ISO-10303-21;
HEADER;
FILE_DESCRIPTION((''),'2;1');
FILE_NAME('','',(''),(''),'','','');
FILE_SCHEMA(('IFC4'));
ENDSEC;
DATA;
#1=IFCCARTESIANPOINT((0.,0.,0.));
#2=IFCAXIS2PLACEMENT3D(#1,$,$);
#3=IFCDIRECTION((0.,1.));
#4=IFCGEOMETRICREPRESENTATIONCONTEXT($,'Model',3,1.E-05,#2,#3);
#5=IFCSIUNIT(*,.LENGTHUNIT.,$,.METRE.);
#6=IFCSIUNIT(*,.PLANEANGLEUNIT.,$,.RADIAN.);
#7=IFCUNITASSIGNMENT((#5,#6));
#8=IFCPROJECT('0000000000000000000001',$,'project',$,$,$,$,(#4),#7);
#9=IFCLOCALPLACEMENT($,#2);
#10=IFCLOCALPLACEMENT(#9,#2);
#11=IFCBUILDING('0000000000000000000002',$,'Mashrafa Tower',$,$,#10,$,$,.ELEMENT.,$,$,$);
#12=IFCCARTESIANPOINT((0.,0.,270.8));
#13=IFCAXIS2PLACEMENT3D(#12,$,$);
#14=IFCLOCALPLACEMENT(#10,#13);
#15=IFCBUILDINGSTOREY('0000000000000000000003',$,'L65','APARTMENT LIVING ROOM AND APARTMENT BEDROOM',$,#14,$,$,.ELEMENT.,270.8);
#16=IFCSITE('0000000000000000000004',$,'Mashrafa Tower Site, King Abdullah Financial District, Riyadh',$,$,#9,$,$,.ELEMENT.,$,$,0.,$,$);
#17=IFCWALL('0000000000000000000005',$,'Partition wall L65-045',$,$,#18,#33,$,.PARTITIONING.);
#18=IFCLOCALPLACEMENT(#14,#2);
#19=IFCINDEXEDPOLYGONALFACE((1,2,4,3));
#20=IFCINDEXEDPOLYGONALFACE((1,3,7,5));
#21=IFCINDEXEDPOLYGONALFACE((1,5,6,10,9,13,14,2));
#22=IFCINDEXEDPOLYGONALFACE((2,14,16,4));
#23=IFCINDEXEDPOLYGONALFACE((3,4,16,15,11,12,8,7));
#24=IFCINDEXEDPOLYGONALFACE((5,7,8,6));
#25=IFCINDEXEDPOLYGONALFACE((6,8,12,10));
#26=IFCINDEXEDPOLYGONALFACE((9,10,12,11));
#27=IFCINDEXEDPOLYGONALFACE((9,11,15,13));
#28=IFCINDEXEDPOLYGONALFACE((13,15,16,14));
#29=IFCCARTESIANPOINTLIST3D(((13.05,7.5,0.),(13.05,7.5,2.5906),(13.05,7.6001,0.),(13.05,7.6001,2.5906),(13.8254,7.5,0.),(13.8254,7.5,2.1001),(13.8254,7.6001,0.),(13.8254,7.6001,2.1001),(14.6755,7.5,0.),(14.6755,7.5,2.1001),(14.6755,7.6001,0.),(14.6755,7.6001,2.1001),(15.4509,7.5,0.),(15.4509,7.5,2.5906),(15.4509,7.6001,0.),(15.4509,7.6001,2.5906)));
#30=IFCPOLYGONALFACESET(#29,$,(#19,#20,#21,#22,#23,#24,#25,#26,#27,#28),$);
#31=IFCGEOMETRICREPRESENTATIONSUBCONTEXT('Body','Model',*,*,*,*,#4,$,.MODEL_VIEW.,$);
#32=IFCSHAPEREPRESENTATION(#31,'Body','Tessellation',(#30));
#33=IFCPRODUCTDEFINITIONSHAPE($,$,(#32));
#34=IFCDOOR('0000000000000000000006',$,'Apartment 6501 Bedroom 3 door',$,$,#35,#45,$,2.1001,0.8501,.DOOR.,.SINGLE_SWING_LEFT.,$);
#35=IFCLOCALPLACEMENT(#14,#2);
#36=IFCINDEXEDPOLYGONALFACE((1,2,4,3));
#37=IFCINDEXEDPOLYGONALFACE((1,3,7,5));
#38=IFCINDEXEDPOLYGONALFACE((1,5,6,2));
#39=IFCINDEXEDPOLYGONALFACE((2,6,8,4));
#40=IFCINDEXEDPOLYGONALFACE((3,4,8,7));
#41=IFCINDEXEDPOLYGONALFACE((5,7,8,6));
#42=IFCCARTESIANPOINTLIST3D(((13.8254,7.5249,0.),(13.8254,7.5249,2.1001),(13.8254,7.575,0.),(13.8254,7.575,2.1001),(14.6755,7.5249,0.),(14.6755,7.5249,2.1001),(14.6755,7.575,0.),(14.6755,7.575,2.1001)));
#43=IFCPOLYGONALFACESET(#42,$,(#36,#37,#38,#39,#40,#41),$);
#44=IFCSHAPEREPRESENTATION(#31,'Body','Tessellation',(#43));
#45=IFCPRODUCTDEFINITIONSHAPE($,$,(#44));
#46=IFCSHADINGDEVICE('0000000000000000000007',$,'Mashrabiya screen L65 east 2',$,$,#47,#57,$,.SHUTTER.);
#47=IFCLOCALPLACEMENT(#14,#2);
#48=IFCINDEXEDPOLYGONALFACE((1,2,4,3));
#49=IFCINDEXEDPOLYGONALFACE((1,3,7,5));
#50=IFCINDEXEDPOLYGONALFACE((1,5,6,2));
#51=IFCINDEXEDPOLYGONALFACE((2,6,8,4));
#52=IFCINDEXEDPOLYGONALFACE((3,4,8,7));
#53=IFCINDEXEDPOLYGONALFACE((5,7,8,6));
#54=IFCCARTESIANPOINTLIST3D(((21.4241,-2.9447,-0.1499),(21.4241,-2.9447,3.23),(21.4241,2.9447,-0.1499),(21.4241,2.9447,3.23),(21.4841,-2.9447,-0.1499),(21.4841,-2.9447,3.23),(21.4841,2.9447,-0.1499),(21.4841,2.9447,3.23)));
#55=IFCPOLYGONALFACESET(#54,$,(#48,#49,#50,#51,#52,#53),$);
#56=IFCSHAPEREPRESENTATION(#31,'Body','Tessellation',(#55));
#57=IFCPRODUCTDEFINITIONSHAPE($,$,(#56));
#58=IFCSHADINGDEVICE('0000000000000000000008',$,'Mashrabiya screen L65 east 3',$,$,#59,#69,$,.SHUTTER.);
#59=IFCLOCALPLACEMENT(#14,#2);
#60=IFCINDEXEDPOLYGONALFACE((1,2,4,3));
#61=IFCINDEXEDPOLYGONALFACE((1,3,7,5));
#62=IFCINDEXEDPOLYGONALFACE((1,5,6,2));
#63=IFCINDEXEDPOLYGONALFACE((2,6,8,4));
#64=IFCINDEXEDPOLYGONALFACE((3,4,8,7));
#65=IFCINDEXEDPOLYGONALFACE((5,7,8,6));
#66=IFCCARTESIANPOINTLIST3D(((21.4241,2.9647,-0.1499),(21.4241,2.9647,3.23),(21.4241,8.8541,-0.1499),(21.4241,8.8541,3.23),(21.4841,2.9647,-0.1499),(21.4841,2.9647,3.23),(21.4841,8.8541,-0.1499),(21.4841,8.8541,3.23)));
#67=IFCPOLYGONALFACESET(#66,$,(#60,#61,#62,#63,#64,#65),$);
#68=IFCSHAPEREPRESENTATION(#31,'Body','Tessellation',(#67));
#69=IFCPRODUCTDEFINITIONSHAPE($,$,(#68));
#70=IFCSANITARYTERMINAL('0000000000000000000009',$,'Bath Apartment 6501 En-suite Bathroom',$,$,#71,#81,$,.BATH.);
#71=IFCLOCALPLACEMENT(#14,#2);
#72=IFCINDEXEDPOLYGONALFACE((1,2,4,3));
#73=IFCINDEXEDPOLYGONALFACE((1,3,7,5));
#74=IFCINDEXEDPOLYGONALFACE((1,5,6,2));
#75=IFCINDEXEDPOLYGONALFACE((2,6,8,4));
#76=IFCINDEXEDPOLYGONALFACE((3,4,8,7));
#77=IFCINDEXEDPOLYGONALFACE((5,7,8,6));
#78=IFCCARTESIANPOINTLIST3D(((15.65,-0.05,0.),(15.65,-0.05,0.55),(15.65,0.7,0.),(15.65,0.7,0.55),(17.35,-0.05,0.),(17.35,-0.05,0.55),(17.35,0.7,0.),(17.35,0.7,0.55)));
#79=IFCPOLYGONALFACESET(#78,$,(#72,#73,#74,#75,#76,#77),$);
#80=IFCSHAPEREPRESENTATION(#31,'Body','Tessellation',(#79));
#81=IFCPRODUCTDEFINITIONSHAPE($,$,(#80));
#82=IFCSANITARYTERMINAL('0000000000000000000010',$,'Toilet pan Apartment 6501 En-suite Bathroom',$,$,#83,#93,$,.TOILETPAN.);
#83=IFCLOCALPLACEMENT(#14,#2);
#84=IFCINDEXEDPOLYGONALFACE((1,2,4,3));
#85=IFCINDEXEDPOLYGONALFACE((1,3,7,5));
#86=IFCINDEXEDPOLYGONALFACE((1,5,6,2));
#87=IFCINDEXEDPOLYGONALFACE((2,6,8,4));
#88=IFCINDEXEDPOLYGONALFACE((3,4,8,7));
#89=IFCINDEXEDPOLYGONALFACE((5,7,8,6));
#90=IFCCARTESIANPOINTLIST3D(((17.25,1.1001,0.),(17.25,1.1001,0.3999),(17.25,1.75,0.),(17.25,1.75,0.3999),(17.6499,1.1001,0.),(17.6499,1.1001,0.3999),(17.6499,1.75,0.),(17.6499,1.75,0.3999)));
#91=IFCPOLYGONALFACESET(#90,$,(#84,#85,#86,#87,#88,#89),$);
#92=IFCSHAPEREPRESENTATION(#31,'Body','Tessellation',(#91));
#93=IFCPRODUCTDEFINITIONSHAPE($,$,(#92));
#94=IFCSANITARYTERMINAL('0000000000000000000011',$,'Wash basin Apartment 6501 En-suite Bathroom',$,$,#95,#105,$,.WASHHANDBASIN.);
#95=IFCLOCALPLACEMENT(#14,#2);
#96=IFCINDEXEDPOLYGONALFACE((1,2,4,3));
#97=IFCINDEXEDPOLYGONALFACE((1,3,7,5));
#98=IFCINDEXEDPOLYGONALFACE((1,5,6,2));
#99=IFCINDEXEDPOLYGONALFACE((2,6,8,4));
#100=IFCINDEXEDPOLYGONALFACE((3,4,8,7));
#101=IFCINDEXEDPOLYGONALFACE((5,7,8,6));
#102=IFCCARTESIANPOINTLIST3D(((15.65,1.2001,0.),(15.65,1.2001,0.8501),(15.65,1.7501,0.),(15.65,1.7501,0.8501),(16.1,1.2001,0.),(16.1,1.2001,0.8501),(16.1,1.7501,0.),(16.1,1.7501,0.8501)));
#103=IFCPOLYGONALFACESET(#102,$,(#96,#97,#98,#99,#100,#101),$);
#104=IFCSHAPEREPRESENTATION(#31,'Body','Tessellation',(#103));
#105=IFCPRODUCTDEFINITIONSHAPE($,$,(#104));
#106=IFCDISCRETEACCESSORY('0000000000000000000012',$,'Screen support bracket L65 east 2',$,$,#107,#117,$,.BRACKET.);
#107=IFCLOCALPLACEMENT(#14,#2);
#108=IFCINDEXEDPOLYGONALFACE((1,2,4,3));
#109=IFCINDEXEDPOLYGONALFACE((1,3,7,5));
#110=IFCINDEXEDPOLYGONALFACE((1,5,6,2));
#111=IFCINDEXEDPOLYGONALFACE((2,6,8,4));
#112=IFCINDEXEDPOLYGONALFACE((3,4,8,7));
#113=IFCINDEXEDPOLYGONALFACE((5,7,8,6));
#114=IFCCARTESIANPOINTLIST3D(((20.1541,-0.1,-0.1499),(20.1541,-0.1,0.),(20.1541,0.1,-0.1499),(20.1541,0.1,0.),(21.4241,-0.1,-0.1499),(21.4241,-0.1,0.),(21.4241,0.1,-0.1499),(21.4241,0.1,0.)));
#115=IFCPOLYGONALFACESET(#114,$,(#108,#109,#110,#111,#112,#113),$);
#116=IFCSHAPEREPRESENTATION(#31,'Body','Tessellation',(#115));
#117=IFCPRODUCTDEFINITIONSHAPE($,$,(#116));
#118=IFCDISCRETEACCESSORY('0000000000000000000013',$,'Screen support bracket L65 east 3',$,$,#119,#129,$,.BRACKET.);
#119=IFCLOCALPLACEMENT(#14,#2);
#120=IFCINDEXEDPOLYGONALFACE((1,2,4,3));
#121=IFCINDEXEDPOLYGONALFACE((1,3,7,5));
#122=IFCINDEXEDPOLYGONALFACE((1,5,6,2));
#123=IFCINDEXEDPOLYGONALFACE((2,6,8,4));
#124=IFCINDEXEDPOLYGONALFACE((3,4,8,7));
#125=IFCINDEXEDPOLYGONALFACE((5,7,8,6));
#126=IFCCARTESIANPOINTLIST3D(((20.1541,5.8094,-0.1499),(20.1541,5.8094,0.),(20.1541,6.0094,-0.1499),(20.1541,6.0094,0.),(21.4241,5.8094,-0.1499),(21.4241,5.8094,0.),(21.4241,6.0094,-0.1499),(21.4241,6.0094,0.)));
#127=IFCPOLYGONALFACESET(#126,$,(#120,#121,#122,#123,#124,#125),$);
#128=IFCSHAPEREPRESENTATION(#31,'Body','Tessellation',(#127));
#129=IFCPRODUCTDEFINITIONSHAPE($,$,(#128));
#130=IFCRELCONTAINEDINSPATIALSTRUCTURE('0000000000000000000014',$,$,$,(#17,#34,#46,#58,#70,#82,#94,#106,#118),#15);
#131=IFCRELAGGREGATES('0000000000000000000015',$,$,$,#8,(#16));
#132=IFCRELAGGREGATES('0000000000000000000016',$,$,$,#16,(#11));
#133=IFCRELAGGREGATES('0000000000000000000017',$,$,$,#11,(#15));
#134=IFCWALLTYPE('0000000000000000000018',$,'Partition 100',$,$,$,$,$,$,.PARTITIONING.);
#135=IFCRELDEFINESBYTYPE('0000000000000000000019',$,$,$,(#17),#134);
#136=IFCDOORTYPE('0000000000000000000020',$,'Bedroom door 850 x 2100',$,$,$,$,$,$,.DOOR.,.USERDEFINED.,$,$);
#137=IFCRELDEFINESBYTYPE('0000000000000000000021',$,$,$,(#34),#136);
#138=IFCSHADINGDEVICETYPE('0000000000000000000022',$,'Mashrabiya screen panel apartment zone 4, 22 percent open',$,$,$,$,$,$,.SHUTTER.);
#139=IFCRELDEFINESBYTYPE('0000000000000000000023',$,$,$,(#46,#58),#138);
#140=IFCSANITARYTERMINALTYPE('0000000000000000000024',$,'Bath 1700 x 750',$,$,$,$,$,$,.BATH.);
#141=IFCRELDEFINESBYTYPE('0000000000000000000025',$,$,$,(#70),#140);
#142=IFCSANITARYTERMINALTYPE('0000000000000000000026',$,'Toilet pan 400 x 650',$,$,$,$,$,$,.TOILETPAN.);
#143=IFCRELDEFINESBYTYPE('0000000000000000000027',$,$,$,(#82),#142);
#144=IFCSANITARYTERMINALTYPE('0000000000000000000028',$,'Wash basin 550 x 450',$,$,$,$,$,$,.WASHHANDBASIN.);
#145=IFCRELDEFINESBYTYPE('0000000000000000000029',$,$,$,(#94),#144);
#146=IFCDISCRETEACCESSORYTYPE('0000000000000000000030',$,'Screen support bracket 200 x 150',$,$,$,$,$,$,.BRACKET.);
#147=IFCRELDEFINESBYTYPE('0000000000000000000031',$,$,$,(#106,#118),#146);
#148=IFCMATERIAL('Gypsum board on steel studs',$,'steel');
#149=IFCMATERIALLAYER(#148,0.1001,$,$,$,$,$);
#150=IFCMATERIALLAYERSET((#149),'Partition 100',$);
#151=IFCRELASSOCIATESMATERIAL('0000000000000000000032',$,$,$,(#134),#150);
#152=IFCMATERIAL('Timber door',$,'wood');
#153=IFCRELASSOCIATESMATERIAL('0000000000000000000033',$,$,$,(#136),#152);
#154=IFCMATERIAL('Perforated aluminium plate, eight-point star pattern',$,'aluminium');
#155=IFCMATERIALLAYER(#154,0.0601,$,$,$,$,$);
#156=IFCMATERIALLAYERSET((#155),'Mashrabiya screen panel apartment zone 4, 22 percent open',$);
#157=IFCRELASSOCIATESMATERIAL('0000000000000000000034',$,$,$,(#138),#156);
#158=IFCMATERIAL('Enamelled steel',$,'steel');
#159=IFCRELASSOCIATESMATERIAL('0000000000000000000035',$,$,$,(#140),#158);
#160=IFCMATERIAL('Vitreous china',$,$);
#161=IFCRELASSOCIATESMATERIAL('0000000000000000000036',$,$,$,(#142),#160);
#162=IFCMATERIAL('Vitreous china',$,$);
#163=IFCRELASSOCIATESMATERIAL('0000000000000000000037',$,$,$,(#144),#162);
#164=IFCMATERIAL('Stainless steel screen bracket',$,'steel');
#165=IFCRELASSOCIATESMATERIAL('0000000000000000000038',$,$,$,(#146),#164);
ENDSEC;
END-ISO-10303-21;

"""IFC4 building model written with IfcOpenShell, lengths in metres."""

from ifc_helpers import new_model, si_unit, direction, frame, frame_2d, origin, origin_2d, place, context, subcontext, project, spatial, rectangle, extrude, source, transform, mapped, material, layer, layer_set, type_object, type_shapes, element, fill, save


model = new_model("IFC4")

# Units and contexts
model_context = context("Model", 3, precision=1e-05, world=origin(), true_north=direction((0.0, 1.0)))
body_context = subcontext(model_context, "Body", "Model", "MODEL_VIEW")
ifc_project = project(units=[si_unit("LENGTHUNIT", "METRE"), si_unit("PLANEANGLEUNIT", "RADIAN")], contexts=[model_context])

# Site, building, storey
site_placement = place(None, origin())
site = spatial("IfcSite", under=ifc_project, at=site_placement, Name="Mashrafa Tower Site, King Abdullah Financial District, Riyadh", CompositionType="ELEMENT", RefElevation=0.0)
building_placement = place(site_placement, origin())
building = spatial("IfcBuilding", under=site, at=building_placement, Name="Mashrafa Tower", CompositionType="ELEMENT")
storey_placement = place(building_placement, frame((0.0, 0.0, 270.8)))
storey = spatial("IfcBuildingStorey", under=building, at=storey_placement, Name="L65", Description="APARTMENT LIVING ROOM AND APARTMENT BEDROOM", CompositionType="ELEMENT", Elevation=270.8)

# Shared definitions
ifc_material_1 = material(Name="Gypsum board on steel studs", Category="steel")
ifc_layer_1 = layer(ifc_material_1, 0.1001)
ifc_layer_set_1 = layer_set([ifc_layer_1], Name="Partition 100")
wall_type_1 = type_object("IfcWallType", Name="Partition 100", PredefinedType="PARTITIONING", material=ifc_layer_set_1)

# Shared definitions
ifc_material_2 = material(Name="Timber door", Category="wood")
door_type_1 = type_object("IfcDoorType", Name="Bedroom door 850 x 2100", OperationType="USERDEFINED", PredefinedType="DOOR", material=ifc_material_2)

# Wall, opening, door
wall_1_placement = place(storey_placement, frame((13.05, 7.55, 0.0), z_axis=(0.0, 0.0, 1.0), x_axis=(1.0, 0.0, 0.0)))
wall_1 = element("IfcWall", 1, at=wall_1_placement, inside=storey, type_object=wall_type_1, Name="Partition wall L65-045", PredefinedType="PARTITIONING", context=body_context, shape_type="SweptSolid", body=[
    extrude(rectangle(XDim=2.4009, YDim=0.1001, at=frame_2d((1.2004, 0.0))), origin(), (0.0, 0.0, 1.0), 2.5906),
])
opening_1_placement = place(wall_1_placement, frame((0.7754, 0.0, 0.0)))
opening_1 = element("IfcOpeningElement", 2, at=opening_1_placement, cuts=wall_1, PredefinedType="OPENING", context=body_context, shape_type="SweptSolid", body=[
    extrude(rectangle(XDim=0.8501, YDim=2.1001, at=frame_2d((0.425, 1.05))), frame((0.0, 0.0601, 0.0), z_axis=(0.0, -1.0, 0.0), x_axis=(1.0, 0.0, 0.0)), (0.0, 0.0, 1.0), 0.1201),
])
door_1_placement = place(opening_1_placement, origin())
door_1 = element("IfcDoor", 3, at=door_1_placement, inside=storey, type_object=door_type_1, Name="Apartment 6501 Bedroom 3 door", OperationType="SINGLE_SWING_LEFT", OverallHeight=2.1001, OverallWidth=0.8501, PredefinedType="DOOR", context=body_context, shape_type="SweptSolid", body=[
    extrude(rectangle(XDim=0.8501, YDim=2.1001, at=frame_2d((0.425, 1.05))), frame((0.0, 0.0249, 0.0), z_axis=(0.0, -1.0, 0.0), x_axis=(1.0, 0.0, 0.0)), (0.0, 0.0, 1.0), 0.05),
])
fill(opening_1, door_1)

# Shading devices
ifc_material_3 = material(Name="Perforated aluminium plate, eight-point star pattern", Category="aluminium")
ifc_layer_2 = layer(ifc_material_3, 0.0601)
ifc_layer_set_2 = layer_set([ifc_layer_2], Name="Mashrabiya screen panel apartment zone 4, 22 percent open")
shading_device_type = type_object("IfcShadingDeviceType", Name="Mashrabiya screen panel apartment zone 4, 22 percent open", PredefinedType="SHUTTER", material=ifc_layer_set_2)
shared_shape_1 = source(origin(), body_context, "Body", "SweptSolid", [
    extrude(rectangle(XDim=5.8894, YDim=0.0601, at=origin_2d()), origin(), (0.0, 0.0, 1.0), 3.3799),
])
type_shapes(shading_device_type, [shared_shape_1])
for number, where, z_axis, x_axis, name in (
    (4, (21.4541, 0.0, -0.1499), (0.0, 0.0, 1.0), (0.0, 1.0, 0.0), "Mashrabiya screen L65 east 2"),
    (5, (21.4541, 5.9094, -0.1499), (0.0, 0.0, 1.0), (0.0, 1.0, 0.0), "Mashrabiya screen L65 east 3"),
):
    element("IfcShadingDevice", number, at=place(storey_placement, frame(where, z_axis=z_axis, x_axis=x_axis)), inside=storey, type_object=shading_device_type, Name=name, PredefinedType="SHUTTER", context=body_context, shape_type="MappedRepresentation", body=[
        mapped(shared_shape_1, transform((0.0, 0.0, 0.0))),
    ])

# Sanitary terminals
ifc_material_4 = material(Name="Enamelled steel", Category="steel")
sanitary_terminal_type_1 = type_object("IfcSanitaryTerminalType", Name="Bath 1700 x 750", PredefinedType="BATH", material=ifc_material_4)
sanitary_terminal_1_placement = place(storey_placement, frame((16.5, 0.325, 0.0), z_axis=(0.0, 0.0, 1.0), x_axis=(1.0, 0.0, 0.0)))
element("IfcSanitaryTerminal", 6, at=sanitary_terminal_1_placement, inside=storey, type_object=sanitary_terminal_type_1, Name="Bath Apartment 6501 En-suite Bathroom", PredefinedType="BATH", context=body_context, shape_type="SweptSolid", body=[
    extrude(rectangle(XDim=1.7, YDim=0.75, at=origin_2d()), origin(), (0.0, 0.0, 1.0), 0.55),
])
ifc_material_5 = material(Name="Vitreous china")
sanitary_terminal_type_2 = type_object("IfcSanitaryTerminalType", Name="Toilet pan 400 x 650", PredefinedType="TOILETPAN", material=ifc_material_5)
sanitary_terminal_2_placement = place(storey_placement, frame((17.45, 1.425, 0.0), z_axis=(0.0, 0.0, 1.0), x_axis=(-1.0, 0.0, 0.0)))
element("IfcSanitaryTerminal", 7, at=sanitary_terminal_2_placement, inside=storey, type_object=sanitary_terminal_type_2, Name="Toilet pan Apartment 6501 En-suite Bathroom", PredefinedType="TOILETPAN", context=body_context, shape_type="SweptSolid", body=[
    extrude(rectangle(XDim=0.3999, YDim=0.6499, at=origin_2d()), origin(), (0.0, 0.0, 1.0), 0.3999),
])
ifc_material_6 = material(Name="Vitreous china")
sanitary_terminal_type_3 = type_object("IfcSanitaryTerminalType", Name="Wash basin 550 x 450", PredefinedType="WASHHANDBASIN", material=ifc_material_6)
sanitary_terminal_3_placement = place(storey_placement, frame((15.875, 1.4751, 0.0), z_axis=(0.0, 0.0, 1.0), x_axis=(0.0, -1.0, 0.0)))
element("IfcSanitaryTerminal", 8, at=sanitary_terminal_3_placement, inside=storey, type_object=sanitary_terminal_type_3, Name="Wash basin Apartment 6501 En-suite Bathroom", PredefinedType="WASHHANDBASIN", context=body_context, shape_type="SweptSolid", body=[
    extrude(rectangle(XDim=0.55, YDim=0.45, at=origin_2d()), origin(), (0.0, 0.0, 1.0), 0.8501),
])

# Discrete accessories
ifc_material_7 = material(Name="Stainless steel screen bracket", Category="steel")
discrete_accessory_type = type_object("IfcDiscreteAccessoryType", Name="Screen support bracket 200 x 150", PredefinedType="BRACKET", material=ifc_material_7)
shared_shape_2 = source(origin(), body_context, "Body", "SweptSolid", [
    extrude(rectangle(XDim=0.2, YDim=1.27, at=origin_2d()), origin(), (0.0, 0.0, 1.0), 0.1499),
])
type_shapes(discrete_accessory_type, [shared_shape_2])
for number, where, z_axis, x_axis, name in (
    (9, (20.7891, 0.0, -0.1499), (0.0, 0.0, 1.0), (0.0, 1.0, 0.0), "Screen support bracket L65 east 2"),
    (10, (20.7891, 5.9094, -0.1499), (0.0, 0.0, 1.0), (0.0, 1.0, 0.0), "Screen support bracket L65 east 3"),
):
    element("IfcDiscreteAccessory", number, at=place(storey_placement, frame(where, z_axis=z_axis, x_axis=x_axis)), inside=storey, type_object=discrete_accessory_type, Name=name, PredefinedType="BRACKET", context=body_context, shape_type="MappedRepresentation", body=[
        mapped(shared_shape_2, transform((0.0, 0.0, 0.0))),
    ])

save(model, "model.ifc")
